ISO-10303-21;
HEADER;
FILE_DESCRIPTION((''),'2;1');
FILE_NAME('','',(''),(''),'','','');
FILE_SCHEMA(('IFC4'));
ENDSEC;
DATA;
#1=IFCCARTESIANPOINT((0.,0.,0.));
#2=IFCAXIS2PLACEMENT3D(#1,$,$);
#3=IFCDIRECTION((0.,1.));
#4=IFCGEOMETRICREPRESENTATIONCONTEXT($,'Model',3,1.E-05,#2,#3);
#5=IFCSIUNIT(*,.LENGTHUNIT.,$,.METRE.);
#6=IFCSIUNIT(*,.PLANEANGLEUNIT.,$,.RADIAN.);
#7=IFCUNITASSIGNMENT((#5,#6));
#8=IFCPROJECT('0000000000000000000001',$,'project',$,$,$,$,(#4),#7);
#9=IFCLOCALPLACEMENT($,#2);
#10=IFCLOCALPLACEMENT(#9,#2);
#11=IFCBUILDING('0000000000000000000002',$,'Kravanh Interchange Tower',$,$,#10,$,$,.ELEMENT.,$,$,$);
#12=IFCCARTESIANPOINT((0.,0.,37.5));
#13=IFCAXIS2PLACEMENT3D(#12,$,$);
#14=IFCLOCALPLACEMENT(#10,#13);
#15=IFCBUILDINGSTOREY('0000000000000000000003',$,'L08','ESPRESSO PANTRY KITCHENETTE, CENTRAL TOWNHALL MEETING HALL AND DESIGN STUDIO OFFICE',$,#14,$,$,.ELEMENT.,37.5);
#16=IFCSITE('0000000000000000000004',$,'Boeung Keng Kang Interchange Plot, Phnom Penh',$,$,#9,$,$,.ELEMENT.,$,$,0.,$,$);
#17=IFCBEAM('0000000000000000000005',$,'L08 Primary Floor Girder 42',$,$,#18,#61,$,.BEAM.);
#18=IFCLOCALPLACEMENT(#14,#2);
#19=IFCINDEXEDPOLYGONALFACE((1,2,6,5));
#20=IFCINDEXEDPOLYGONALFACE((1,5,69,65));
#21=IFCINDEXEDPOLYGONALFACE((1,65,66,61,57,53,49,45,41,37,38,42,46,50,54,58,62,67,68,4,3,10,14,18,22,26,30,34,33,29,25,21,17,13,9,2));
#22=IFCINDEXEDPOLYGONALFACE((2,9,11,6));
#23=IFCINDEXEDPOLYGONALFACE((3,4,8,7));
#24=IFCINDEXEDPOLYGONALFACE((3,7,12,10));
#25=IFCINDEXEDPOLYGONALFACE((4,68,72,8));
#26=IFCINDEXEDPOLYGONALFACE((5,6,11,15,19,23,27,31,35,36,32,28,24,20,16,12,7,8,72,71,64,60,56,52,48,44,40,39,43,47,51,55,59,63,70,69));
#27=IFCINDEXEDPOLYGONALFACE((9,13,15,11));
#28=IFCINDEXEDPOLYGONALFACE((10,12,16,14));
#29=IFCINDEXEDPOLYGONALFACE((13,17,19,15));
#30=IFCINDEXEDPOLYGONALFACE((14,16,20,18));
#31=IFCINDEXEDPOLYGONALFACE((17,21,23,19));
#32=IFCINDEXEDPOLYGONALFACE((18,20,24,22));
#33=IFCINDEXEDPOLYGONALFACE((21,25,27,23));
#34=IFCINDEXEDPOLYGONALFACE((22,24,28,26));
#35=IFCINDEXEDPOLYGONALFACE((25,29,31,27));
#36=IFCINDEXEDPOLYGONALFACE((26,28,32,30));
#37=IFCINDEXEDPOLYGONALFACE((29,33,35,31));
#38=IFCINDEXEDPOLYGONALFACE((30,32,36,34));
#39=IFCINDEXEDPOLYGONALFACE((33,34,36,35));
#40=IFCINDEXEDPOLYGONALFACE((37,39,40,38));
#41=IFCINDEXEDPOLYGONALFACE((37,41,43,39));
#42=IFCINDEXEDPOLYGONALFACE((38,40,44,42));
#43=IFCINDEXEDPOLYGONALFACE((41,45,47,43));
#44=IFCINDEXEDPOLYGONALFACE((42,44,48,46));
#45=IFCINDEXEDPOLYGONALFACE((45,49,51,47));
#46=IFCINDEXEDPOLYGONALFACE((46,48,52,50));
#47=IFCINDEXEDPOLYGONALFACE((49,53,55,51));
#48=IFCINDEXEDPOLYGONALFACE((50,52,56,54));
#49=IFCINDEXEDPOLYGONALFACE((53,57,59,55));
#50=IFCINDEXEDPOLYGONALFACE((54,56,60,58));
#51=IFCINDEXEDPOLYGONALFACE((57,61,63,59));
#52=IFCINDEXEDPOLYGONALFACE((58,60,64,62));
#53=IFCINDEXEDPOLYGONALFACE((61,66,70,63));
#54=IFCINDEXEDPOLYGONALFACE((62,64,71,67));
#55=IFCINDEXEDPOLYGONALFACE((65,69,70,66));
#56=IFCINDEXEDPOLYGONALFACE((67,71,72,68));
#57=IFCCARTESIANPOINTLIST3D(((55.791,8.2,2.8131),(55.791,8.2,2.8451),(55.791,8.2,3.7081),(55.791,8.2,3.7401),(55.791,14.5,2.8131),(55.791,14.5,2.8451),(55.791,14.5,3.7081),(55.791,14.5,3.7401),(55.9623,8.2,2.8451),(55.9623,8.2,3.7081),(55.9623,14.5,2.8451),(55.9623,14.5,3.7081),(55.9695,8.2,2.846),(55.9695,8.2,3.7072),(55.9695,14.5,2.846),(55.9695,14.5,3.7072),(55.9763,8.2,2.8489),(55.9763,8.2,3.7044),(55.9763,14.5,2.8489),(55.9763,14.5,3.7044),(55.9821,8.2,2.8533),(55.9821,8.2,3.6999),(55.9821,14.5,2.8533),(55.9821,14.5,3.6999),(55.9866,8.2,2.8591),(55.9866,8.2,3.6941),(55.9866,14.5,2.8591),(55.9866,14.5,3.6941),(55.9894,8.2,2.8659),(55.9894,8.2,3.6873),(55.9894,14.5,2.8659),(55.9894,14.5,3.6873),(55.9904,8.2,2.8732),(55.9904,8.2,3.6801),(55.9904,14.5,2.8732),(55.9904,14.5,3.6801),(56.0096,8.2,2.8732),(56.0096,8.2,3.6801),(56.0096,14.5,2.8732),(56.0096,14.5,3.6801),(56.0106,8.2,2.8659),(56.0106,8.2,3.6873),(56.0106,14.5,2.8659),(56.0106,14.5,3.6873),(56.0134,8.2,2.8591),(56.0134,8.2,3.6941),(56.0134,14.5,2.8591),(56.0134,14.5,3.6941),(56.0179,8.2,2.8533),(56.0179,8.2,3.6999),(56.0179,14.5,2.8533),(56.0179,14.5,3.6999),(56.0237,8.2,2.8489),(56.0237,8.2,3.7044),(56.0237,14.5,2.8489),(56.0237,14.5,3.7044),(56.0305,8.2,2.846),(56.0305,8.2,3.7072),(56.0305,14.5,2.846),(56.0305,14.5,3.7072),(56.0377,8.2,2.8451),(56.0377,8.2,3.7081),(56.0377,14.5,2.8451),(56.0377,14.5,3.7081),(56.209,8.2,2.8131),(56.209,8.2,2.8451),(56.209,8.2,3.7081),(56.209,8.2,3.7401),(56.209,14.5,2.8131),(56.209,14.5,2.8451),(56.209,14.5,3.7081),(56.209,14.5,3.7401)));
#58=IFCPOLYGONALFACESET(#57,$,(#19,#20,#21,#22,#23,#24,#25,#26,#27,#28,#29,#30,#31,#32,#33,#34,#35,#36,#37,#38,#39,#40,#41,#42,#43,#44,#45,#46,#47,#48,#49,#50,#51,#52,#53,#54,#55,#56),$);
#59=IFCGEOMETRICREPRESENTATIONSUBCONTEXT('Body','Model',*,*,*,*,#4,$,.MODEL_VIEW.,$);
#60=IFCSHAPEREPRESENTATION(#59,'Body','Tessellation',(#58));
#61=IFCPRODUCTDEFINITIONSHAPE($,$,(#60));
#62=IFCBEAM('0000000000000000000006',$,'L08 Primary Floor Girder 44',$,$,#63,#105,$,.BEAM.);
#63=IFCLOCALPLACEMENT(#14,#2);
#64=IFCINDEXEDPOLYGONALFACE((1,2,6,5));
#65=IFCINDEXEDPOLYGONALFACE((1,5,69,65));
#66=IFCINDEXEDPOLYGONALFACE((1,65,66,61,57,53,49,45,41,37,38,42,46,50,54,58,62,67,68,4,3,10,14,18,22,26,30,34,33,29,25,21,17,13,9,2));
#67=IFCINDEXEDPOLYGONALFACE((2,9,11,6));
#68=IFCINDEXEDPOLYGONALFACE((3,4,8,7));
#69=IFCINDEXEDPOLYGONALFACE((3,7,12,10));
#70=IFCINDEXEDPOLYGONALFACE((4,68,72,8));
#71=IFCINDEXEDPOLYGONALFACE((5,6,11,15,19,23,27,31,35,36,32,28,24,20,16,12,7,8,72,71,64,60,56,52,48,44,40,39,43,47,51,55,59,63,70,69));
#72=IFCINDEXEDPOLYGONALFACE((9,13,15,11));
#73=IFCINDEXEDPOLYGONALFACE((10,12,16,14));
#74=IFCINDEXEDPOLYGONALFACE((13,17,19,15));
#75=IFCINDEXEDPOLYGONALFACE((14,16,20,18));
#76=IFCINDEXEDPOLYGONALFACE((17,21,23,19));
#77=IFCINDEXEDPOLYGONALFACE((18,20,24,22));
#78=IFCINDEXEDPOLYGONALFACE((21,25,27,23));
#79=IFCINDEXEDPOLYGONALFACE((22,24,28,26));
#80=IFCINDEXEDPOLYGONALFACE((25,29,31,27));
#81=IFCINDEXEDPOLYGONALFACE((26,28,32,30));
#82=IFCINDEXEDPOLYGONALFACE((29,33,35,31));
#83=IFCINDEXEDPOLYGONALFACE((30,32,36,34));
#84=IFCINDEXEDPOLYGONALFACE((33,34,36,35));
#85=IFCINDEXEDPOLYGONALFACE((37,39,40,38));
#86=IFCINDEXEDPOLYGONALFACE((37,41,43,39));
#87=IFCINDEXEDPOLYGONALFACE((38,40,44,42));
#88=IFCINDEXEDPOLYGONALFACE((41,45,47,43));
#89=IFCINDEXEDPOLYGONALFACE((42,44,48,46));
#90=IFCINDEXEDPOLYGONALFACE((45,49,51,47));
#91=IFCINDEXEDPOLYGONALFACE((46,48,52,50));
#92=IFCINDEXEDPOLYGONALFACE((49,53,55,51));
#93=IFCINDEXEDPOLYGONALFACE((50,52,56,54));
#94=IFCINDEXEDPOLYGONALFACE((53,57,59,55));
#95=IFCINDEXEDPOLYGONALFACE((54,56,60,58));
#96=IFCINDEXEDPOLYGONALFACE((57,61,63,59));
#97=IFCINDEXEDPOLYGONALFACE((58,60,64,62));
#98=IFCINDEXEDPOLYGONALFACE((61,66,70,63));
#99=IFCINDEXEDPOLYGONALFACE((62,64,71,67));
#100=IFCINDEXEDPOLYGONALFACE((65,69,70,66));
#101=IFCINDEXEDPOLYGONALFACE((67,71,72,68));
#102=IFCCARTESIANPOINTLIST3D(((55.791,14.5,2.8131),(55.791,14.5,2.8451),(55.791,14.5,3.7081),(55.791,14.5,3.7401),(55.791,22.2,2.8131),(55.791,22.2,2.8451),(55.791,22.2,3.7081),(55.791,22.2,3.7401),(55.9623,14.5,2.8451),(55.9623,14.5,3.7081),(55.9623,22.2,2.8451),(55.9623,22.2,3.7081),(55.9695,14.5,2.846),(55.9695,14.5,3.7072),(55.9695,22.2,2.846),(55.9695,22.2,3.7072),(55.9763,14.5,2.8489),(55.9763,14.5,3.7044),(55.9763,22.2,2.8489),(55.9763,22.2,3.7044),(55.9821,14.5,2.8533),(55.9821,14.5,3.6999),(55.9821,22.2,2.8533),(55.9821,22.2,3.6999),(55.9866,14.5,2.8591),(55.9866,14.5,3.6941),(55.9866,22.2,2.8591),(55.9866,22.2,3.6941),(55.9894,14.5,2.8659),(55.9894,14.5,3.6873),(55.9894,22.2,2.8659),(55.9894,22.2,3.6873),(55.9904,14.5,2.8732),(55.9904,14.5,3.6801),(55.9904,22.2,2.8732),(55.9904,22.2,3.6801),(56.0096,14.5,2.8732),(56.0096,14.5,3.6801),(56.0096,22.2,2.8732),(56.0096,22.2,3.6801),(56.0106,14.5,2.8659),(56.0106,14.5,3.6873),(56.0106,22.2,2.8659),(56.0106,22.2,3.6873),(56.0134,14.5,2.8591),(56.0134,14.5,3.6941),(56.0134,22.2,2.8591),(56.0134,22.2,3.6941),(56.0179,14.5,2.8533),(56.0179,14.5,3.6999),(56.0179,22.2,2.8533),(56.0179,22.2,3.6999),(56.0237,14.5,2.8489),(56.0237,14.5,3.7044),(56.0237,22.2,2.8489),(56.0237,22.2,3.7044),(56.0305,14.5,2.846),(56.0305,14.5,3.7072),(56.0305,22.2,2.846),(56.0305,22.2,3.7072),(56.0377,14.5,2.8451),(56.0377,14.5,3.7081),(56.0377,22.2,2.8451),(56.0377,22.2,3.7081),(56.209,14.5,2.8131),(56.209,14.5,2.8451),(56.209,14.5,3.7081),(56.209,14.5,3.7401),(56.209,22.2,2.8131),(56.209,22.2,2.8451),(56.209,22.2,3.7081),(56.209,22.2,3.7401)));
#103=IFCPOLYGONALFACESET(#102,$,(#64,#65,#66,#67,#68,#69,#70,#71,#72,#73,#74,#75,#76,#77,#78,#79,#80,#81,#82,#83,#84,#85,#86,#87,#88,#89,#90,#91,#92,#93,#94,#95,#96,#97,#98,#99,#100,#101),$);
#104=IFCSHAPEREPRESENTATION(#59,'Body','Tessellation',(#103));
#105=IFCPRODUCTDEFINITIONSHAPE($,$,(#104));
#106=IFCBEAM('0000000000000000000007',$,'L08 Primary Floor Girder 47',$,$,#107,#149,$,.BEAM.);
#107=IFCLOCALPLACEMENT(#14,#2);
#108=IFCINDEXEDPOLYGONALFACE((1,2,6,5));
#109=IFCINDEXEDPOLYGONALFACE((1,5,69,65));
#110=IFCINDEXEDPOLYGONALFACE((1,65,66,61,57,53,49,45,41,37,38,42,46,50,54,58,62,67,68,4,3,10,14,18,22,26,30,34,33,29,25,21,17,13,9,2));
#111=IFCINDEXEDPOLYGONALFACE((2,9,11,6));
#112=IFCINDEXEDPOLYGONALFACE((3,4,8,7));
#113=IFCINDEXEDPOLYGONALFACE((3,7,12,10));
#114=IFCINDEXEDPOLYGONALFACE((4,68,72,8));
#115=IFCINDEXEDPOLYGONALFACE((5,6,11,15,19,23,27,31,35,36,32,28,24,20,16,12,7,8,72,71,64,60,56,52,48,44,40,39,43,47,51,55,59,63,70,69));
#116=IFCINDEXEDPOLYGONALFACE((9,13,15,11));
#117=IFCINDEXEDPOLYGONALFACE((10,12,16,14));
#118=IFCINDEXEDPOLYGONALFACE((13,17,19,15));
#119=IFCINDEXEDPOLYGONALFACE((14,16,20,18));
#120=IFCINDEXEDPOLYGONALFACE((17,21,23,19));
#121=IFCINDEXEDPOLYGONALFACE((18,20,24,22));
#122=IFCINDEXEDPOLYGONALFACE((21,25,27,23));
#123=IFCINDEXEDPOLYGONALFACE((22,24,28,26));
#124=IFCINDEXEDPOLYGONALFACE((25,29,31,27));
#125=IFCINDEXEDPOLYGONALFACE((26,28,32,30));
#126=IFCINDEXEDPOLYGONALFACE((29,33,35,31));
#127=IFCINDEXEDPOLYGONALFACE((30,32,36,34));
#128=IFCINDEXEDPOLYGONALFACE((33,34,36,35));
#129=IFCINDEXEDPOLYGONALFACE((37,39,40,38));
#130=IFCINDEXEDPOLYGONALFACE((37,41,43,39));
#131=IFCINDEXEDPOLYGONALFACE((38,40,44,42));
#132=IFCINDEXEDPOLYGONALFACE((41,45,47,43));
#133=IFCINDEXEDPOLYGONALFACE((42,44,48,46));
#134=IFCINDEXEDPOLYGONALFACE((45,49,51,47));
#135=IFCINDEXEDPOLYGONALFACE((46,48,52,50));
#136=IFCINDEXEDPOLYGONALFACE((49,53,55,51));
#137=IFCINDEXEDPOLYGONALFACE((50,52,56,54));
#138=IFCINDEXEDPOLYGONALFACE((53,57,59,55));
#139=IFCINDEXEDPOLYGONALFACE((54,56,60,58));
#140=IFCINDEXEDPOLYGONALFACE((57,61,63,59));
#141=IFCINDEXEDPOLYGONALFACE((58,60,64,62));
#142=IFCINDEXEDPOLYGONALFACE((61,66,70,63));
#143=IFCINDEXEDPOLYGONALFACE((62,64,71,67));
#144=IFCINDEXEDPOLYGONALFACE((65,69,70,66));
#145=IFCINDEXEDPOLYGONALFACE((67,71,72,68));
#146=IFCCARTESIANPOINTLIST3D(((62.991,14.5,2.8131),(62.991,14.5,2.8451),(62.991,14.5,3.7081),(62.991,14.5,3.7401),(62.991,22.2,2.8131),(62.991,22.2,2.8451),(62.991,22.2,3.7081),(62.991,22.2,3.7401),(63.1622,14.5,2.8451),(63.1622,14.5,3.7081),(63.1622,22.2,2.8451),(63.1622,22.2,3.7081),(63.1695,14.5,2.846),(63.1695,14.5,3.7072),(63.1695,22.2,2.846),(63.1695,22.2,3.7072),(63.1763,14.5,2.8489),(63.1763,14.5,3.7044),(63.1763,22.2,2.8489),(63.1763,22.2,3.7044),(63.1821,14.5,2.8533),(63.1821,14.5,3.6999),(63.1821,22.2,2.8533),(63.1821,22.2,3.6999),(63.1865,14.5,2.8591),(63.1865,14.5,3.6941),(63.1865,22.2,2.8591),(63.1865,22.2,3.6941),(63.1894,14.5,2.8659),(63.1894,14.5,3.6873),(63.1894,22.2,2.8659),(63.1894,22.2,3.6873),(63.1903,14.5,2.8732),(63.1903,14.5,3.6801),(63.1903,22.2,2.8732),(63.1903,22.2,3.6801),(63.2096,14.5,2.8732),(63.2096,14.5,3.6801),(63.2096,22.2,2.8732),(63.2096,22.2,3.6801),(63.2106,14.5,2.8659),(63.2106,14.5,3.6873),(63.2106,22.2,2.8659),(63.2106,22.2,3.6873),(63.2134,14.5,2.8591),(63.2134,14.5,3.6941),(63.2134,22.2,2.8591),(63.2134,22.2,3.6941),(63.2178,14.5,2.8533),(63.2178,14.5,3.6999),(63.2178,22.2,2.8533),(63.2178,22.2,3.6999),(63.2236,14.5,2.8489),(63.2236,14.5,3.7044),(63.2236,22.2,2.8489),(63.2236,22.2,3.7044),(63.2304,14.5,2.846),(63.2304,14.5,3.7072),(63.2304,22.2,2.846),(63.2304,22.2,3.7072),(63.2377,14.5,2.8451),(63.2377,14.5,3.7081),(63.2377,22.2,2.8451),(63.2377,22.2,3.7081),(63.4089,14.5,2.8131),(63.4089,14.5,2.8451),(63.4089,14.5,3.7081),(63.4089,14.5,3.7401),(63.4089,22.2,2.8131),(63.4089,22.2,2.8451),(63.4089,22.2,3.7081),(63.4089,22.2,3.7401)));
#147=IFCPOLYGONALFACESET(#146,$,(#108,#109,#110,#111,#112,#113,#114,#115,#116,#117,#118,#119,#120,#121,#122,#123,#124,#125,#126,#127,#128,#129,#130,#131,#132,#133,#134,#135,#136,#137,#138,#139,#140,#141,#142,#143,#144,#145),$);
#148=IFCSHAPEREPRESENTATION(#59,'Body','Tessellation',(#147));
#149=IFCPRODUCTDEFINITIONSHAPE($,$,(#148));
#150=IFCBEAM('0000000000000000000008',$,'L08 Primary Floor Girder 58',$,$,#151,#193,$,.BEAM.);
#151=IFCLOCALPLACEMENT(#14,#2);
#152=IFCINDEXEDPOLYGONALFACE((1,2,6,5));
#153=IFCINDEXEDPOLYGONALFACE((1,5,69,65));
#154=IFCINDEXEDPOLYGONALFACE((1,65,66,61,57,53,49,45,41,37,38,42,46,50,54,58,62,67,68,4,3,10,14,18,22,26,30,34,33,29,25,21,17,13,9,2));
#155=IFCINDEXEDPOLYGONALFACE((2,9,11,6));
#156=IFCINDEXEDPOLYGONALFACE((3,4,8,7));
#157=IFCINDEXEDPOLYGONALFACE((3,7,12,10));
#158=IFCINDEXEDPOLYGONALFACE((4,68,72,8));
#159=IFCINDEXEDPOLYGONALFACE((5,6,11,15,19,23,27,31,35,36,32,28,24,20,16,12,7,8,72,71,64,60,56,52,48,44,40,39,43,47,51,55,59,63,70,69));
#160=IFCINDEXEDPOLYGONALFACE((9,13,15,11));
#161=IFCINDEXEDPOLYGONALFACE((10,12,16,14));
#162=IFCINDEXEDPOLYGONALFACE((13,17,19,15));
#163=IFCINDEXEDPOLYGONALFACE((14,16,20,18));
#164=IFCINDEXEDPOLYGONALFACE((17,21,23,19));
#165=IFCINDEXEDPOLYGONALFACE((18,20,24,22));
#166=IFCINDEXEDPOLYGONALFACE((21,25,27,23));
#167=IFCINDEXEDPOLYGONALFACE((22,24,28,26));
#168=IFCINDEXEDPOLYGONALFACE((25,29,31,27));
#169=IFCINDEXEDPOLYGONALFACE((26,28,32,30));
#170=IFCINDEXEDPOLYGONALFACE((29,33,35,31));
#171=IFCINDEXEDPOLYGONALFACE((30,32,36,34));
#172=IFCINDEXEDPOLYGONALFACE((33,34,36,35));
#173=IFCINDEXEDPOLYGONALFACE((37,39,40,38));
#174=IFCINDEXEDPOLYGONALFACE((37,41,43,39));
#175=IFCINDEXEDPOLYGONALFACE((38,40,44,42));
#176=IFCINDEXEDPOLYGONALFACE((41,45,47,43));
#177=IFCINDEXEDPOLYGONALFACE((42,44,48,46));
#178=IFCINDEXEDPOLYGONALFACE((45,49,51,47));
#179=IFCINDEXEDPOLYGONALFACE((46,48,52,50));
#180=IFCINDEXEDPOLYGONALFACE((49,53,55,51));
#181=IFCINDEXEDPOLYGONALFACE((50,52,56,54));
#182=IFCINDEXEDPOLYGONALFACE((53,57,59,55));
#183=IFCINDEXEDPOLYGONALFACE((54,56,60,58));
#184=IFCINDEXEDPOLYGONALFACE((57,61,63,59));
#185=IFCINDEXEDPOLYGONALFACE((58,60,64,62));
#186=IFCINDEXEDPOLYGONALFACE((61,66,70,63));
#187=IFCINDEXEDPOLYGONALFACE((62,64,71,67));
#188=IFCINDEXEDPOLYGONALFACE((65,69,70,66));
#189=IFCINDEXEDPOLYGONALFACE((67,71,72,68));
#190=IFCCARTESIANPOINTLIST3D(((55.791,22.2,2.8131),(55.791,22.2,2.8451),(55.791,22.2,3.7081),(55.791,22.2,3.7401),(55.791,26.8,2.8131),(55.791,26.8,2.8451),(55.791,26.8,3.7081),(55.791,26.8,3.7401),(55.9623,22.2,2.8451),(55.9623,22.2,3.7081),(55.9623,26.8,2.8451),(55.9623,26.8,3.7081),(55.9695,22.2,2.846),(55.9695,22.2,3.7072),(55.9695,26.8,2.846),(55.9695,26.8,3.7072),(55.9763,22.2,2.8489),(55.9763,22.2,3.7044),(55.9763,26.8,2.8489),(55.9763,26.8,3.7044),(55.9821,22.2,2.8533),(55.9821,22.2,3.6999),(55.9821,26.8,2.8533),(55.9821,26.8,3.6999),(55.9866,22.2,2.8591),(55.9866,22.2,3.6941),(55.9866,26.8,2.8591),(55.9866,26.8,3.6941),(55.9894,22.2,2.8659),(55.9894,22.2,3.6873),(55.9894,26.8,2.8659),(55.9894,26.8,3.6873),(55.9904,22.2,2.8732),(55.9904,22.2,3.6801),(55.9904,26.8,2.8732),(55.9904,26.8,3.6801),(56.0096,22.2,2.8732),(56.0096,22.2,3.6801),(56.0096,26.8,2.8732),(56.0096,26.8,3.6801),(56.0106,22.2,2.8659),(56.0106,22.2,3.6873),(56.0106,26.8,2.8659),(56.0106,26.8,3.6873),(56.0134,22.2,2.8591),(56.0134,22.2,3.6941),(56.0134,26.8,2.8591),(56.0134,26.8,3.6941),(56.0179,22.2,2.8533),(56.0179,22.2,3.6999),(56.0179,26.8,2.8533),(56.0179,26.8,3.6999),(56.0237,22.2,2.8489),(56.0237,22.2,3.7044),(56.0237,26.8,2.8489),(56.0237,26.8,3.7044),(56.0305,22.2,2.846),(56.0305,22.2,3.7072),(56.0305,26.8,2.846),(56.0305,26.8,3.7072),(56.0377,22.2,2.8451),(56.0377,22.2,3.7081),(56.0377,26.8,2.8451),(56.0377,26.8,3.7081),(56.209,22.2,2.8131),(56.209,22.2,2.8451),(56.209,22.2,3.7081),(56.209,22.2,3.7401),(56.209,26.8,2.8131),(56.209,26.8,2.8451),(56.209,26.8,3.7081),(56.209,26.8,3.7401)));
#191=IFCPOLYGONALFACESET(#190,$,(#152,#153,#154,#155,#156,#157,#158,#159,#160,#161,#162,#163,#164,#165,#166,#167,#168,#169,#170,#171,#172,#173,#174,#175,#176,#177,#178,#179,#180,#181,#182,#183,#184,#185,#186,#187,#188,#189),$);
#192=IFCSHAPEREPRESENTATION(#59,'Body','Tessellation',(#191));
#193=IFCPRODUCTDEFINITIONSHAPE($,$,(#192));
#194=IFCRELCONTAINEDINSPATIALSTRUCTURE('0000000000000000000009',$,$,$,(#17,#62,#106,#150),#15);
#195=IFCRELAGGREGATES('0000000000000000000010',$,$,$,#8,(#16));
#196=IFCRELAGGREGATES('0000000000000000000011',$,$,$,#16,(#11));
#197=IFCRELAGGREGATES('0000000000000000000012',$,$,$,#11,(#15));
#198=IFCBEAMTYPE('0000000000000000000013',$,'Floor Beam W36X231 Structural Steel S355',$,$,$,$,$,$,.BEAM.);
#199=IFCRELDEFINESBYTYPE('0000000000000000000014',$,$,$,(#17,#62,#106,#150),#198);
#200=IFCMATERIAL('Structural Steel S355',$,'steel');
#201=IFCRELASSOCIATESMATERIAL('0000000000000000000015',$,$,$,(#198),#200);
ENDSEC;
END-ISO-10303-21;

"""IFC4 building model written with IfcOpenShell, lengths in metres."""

from ifc_helpers import new_model, si_unit, direction, frame, origin, origin_2d, place, context, subcontext, project, spatial, i_section, extrude, material, material_profile, profile_set, type_object, element, save


model = new_model("IFC4")

# Units and contexts
model_context = context("Model", 3, precision=1e-05, world=origin(), true_north=direction((0.0, 1.0)))
body_context = subcontext(model_context, "Body", "Model", "MODEL_VIEW")
ifc_project = project(units=[si_unit("LENGTHUNIT", "METRE"), si_unit("PLANEANGLEUNIT", "RADIAN")], contexts=[model_context])

# Site, building, storey
site_placement = place(None, origin())
site = spatial("IfcSite", under=ifc_project, at=site_placement, Name="Boeung Keng Kang Interchange Plot, Phnom Penh", CompositionType="ELEMENT", RefElevation=0.0)
building_placement = place(site_placement, origin())
building = spatial("IfcBuilding", under=site, at=building_placement, Name="Kravanh Interchange Tower", CompositionType="ELEMENT")
storey_placement = place(building_placement, frame((0.0, 0.0, 37.5)))
storey = spatial("IfcBuildingStorey", under=building, at=storey_placement, Name="L08", Description="ESPRESSO PANTRY KITCHENETTE, CENTRAL TOWNHALL MEETING HALL AND DESIGN STUDIO OFFICE", CompositionType="ELEMENT", Elevation=37.5)

# Beams
ifc_material_1 = material(Name="Structural Steel S355", Category="steel")
ifc_material_profile_1 = material_profile(ifc_material_1, i_section(OverallWidth=0.418, OverallDepth=0.927, WebThickness=0.0193, FlangeThickness=0.032, FilletRadius=0.0281, at=origin_2d()), Name="W36X231")
ifc_profile_set_1 = profile_set([ifc_material_profile_1], Name="Structural Steel S355")
beam_type_1 = type_object("IfcBeamType", Name="Floor Beam W36X231 Structural Steel S355", PredefinedType="BEAM", material=ifc_profile_set_1)
beam_1_placement = place(storey_placement, frame((56.0, 14.5, 3.2766), z_axis=(0.0, -1.0, 0.0), x_axis=(1.0, 0.0, 0.0)))
element("IfcBeam", 1, at=beam_1_placement, inside=storey, type_object=beam_type_1, Name="L08 Primary Floor Girder 42", PredefinedType="BEAM", context=body_context, shape_type="SweptSolid", body=[
    extrude(i_section(OverallWidth=0.418, OverallDepth=0.927, WebThickness=0.0193, FlangeThickness=0.032, FilletRadius=0.0281, at=origin_2d()), origin(), (0.0, 0.0, 1.0), 6.3),
])
for number, where, z_axis, x_axis, name in (
    (2, (56.0, 14.5, 3.2766), (0.0, 1.0, 0.0), (-1.0, 0.0, 0.0), "L08 Primary Floor Girder 44"),
    (3, (63.2, 14.5, 3.2766), (0.0, 1.0, 0.0), (-1.0, 0.0, 0.0), "L08 Primary Floor Girder 47"),
):
    element("IfcBeam", number, at=place(storey_placement, frame(where, z_axis=z_axis, x_axis=x_axis)), inside=storey, type_object=beam_type_1, Name=name, PredefinedType="BEAM", context=body_context, shape_type="SweptSolid", body=[
        extrude(i_section(OverallWidth=0.418, OverallDepth=0.927, WebThickness=0.0193, FlangeThickness=0.032, FilletRadius=0.0281, at=origin_2d()), origin(), (0.0, 0.0, 1.0), 7.7),
    ])
beam_2_placement = place(storey_placement, frame((56.0, 22.2, 3.2766), z_axis=(0.0, 1.0, 0.0), x_axis=(-1.0, 0.0, 0.0)))
element("IfcBeam", 4, at=beam_2_placement, inside=storey, type_object=beam_type_1, Name="L08 Primary Floor Girder 58", PredefinedType="BEAM", context=body_context, shape_type="SweptSolid", body=[
    extrude(i_section(OverallWidth=0.418, OverallDepth=0.927, WebThickness=0.0193, FlangeThickness=0.032, FilletRadius=0.0281, at=origin_2d()), origin(), (0.0, 0.0, 1.0), 4.6001),
])

save(model, "model.ifc")
